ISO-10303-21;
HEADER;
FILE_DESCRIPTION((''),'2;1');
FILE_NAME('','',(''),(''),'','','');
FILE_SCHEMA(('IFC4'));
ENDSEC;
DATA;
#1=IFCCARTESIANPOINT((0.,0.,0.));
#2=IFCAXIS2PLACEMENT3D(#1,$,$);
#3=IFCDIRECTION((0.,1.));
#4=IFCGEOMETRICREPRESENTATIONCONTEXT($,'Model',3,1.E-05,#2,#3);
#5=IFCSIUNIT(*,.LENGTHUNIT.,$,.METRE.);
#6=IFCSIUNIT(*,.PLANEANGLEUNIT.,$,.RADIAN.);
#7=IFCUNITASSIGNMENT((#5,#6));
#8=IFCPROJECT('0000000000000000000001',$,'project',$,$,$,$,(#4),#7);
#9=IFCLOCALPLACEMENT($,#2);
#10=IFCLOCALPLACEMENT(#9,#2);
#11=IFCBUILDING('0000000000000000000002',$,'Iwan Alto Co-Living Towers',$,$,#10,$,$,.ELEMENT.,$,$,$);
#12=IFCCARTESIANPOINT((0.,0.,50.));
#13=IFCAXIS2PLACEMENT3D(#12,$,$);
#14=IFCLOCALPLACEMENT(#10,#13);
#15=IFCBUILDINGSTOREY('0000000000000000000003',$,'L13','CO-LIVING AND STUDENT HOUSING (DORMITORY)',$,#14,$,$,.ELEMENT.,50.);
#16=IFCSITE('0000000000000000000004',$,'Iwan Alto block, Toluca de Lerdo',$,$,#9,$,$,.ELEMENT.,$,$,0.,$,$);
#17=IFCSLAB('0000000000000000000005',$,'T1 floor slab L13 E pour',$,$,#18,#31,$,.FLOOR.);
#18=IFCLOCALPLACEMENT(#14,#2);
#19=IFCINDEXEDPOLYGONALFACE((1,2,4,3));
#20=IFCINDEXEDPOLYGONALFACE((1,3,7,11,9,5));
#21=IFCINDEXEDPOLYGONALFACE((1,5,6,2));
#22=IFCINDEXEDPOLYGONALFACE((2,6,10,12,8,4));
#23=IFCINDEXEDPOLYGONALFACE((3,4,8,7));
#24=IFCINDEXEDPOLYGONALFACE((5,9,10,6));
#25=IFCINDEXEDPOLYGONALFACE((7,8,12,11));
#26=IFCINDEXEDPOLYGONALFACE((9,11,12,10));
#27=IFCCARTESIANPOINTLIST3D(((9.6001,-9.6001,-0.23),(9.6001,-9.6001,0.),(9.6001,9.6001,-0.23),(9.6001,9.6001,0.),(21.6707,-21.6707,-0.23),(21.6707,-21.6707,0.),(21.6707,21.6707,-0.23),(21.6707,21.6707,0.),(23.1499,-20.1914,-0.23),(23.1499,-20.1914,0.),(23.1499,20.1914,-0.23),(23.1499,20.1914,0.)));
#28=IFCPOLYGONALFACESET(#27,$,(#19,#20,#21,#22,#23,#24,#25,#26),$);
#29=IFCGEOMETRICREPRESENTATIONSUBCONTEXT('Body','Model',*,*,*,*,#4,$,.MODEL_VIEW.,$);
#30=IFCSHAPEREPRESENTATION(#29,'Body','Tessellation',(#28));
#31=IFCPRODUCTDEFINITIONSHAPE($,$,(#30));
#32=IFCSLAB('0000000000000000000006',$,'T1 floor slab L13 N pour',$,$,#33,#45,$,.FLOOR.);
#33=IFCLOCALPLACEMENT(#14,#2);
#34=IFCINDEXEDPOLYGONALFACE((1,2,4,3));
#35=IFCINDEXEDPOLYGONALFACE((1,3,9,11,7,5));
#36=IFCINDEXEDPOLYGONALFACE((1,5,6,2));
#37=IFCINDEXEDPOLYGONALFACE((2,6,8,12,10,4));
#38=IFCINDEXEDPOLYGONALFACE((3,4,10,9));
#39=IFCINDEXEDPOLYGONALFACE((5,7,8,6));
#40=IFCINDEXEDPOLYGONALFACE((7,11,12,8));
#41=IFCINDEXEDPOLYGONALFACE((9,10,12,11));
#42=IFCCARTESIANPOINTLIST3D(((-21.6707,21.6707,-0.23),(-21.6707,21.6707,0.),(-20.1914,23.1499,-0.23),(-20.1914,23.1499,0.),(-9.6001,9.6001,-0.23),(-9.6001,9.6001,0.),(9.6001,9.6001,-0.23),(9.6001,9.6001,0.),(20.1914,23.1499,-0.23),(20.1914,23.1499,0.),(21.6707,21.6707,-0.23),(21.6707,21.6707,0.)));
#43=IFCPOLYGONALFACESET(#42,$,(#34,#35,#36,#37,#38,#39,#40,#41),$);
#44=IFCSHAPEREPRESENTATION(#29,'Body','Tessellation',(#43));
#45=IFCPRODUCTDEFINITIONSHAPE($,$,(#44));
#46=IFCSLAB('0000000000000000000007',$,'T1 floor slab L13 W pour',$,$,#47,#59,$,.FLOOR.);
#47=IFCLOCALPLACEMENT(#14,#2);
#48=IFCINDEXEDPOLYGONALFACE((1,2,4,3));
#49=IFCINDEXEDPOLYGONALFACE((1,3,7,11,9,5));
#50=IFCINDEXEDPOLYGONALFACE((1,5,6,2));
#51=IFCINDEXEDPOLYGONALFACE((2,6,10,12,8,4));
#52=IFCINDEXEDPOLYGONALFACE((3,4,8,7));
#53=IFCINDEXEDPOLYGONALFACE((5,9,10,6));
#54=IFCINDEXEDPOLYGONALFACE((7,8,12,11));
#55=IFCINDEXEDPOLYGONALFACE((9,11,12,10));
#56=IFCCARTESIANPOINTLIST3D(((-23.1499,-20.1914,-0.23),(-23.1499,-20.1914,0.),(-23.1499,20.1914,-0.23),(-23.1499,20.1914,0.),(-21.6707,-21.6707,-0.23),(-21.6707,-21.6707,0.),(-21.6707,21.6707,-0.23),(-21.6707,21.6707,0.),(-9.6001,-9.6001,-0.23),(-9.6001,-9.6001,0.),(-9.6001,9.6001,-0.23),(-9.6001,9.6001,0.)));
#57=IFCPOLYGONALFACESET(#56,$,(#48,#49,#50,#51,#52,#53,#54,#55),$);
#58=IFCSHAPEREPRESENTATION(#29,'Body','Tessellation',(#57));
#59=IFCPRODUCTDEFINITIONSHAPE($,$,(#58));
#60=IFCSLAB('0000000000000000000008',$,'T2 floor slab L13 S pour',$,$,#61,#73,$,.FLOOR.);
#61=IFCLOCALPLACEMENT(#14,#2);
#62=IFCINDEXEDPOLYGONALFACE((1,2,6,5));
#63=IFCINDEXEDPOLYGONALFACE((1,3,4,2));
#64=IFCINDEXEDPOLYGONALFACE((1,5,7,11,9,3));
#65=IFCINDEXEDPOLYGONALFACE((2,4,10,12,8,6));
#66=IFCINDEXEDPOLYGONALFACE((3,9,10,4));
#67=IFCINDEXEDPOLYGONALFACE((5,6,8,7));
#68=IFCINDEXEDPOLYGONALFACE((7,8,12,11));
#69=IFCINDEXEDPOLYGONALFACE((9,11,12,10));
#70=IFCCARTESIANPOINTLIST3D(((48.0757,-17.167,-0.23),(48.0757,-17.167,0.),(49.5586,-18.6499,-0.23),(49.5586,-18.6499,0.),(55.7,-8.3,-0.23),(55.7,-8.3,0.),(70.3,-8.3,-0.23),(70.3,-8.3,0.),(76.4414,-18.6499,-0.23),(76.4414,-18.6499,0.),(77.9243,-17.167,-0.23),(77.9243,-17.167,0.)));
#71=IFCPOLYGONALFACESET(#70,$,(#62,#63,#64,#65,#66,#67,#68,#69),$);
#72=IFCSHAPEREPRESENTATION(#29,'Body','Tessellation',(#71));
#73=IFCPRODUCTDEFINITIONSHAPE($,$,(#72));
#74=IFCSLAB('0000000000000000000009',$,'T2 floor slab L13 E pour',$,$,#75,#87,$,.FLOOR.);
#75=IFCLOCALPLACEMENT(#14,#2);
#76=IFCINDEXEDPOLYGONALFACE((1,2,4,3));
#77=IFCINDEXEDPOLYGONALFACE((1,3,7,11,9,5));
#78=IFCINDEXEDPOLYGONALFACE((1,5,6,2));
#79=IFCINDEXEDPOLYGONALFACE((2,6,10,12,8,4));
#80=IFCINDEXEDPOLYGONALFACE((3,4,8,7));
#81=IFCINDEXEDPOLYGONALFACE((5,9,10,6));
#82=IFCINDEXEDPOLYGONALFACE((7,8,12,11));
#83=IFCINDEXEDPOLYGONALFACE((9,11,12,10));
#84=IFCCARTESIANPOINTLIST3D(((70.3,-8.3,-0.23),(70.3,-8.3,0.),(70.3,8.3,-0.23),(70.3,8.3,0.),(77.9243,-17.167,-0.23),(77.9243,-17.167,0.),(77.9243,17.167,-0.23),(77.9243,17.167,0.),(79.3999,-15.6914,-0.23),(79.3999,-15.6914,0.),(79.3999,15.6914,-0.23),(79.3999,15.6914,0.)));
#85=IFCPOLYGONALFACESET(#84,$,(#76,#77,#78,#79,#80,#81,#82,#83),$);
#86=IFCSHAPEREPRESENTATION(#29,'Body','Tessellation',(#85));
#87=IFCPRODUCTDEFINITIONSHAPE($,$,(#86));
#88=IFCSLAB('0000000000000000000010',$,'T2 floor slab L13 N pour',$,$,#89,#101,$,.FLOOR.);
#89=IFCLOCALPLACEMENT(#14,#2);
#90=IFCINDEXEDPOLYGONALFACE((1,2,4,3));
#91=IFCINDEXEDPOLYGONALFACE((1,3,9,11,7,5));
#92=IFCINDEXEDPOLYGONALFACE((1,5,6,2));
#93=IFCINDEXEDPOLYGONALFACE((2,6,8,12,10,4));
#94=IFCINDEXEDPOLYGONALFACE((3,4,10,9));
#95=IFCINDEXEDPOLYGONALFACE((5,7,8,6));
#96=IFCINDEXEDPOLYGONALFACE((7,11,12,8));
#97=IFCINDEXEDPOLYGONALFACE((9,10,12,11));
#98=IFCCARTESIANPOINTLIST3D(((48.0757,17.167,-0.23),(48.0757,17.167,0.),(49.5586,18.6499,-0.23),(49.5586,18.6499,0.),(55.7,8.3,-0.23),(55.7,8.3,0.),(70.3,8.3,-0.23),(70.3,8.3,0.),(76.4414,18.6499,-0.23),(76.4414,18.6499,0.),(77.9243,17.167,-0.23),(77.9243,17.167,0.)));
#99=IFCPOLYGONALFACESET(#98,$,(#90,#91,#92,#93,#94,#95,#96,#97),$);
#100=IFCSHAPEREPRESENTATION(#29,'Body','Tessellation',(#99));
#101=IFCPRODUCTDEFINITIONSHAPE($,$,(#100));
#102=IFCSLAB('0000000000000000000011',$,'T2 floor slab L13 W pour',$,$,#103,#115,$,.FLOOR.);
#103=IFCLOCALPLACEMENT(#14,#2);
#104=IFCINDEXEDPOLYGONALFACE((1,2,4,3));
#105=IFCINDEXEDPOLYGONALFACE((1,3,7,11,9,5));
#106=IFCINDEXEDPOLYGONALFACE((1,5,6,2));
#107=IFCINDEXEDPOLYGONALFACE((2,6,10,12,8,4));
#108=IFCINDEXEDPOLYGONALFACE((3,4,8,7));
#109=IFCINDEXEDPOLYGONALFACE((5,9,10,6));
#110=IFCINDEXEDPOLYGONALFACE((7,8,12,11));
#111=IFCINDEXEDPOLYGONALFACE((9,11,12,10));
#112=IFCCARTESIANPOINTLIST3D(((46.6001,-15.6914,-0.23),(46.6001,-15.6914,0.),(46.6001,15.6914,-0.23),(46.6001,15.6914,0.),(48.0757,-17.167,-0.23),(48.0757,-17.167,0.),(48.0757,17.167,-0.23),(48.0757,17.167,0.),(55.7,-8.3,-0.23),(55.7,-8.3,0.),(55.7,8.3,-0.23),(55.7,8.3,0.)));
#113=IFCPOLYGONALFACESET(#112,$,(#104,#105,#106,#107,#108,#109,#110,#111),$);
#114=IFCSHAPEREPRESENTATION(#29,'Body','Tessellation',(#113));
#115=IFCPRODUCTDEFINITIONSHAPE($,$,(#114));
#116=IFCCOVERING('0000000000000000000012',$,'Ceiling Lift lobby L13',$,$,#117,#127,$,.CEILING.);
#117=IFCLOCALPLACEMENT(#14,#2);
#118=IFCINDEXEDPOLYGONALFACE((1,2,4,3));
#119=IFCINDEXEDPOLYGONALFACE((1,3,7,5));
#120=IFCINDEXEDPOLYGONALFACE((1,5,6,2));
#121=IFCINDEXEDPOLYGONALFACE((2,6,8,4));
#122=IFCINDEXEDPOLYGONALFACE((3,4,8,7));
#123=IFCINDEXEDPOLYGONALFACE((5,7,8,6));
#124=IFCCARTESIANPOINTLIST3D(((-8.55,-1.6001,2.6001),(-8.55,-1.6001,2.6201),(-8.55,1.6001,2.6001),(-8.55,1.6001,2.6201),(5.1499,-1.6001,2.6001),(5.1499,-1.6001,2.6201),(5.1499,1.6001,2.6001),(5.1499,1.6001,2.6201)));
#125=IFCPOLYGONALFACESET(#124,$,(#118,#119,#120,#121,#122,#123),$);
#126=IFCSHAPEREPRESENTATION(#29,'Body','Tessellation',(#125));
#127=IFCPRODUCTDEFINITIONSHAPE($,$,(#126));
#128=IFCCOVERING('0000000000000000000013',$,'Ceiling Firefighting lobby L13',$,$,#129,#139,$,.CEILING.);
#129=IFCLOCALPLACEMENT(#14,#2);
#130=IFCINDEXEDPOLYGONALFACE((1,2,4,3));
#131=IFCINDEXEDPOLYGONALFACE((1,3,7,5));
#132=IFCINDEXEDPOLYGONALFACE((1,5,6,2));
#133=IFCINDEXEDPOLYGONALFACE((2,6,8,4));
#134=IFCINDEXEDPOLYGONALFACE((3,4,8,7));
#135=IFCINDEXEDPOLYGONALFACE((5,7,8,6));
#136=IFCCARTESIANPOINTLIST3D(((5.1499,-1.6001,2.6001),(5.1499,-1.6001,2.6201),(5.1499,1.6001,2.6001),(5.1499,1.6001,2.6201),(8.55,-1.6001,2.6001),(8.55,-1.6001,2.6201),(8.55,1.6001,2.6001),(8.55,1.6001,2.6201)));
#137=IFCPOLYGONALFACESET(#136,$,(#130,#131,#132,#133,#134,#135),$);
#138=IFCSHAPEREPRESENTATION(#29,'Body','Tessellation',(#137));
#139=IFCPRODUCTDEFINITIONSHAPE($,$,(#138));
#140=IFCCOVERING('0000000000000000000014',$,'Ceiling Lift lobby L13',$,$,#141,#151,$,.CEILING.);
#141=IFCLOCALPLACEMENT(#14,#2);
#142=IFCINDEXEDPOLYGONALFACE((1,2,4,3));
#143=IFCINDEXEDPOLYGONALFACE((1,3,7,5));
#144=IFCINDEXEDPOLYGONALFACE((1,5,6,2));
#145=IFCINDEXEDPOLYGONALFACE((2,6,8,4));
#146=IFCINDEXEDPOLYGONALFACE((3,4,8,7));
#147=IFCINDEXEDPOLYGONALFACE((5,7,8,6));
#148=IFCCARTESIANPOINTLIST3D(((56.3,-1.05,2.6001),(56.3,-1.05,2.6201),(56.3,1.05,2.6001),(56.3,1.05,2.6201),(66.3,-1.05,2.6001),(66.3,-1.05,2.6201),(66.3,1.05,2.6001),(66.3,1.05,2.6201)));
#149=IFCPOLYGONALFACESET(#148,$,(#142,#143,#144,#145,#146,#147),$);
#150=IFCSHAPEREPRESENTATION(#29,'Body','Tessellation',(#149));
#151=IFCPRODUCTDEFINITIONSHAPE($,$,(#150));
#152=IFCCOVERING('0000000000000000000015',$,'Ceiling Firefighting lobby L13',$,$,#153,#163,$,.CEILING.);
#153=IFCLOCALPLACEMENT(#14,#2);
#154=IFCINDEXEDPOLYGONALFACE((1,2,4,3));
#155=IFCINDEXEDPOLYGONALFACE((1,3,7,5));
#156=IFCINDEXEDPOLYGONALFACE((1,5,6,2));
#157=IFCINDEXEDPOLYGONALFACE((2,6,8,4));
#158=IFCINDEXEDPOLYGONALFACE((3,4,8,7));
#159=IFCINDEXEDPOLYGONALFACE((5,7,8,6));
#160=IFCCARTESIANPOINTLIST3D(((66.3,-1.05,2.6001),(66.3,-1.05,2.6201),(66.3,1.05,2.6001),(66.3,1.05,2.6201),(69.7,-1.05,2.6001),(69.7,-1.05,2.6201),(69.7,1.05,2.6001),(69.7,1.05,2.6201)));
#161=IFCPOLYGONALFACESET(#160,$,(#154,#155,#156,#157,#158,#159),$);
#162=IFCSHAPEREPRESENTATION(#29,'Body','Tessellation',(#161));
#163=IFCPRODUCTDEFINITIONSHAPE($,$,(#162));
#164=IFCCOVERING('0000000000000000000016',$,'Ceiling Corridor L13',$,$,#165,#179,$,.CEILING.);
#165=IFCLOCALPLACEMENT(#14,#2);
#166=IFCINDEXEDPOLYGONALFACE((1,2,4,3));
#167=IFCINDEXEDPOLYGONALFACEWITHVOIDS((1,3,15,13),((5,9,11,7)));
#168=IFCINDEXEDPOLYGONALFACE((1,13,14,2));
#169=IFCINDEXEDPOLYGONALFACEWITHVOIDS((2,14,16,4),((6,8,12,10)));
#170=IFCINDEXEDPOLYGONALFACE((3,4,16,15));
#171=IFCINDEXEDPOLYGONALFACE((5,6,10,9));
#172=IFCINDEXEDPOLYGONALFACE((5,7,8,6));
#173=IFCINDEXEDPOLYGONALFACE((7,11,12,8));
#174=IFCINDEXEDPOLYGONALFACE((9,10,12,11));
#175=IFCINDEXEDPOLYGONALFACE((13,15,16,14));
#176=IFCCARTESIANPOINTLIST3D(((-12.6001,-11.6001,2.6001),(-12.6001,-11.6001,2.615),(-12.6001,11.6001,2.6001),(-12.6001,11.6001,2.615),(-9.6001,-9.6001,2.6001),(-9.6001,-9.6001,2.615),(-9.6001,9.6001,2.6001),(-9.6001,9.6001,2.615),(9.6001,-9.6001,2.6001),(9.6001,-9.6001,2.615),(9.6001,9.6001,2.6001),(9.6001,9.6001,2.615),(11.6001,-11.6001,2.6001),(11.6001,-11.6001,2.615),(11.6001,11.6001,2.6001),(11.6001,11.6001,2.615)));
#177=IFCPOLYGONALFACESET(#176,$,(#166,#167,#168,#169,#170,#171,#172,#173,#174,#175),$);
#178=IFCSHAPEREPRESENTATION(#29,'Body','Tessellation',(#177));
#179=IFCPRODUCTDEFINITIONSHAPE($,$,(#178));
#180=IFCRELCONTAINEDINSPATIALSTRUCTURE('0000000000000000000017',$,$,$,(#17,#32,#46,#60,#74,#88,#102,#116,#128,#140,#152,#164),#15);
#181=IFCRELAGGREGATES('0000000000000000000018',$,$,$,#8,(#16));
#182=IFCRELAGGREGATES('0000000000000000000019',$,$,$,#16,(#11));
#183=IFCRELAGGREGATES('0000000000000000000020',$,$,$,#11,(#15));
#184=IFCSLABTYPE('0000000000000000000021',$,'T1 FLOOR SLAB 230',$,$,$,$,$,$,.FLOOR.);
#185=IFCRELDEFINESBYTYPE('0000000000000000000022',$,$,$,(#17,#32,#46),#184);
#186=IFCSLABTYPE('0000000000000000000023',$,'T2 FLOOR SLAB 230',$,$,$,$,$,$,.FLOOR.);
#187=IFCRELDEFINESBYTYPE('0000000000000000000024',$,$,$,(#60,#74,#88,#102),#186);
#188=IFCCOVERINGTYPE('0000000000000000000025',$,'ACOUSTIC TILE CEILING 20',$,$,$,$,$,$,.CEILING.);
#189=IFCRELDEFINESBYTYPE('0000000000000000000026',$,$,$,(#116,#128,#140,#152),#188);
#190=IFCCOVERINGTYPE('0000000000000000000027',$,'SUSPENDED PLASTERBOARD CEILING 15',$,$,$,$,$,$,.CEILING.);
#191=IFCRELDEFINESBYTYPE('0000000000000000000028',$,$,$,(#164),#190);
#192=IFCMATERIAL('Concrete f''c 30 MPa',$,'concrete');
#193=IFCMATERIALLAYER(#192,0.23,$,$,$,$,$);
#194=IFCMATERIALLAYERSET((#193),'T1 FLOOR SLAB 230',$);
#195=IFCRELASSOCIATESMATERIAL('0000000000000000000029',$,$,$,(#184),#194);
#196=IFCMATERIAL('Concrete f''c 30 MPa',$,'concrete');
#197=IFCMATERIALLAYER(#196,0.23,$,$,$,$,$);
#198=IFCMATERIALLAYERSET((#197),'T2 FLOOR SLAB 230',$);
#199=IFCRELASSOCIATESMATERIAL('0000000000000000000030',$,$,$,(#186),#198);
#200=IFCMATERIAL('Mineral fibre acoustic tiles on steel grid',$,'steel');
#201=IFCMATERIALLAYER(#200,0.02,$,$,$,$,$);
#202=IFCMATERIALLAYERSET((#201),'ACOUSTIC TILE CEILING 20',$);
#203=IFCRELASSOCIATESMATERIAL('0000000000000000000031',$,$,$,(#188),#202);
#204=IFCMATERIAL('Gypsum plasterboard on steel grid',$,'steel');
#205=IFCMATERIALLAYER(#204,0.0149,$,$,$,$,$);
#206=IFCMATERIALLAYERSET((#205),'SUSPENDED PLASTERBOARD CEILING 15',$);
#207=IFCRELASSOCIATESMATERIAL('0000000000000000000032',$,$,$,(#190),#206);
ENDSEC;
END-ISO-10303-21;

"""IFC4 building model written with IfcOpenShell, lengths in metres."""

from ifc_helpers import new_model, si_unit, direction, frame, origin, place, context, subcontext, project, spatial, polyline, outline, extrude, material, layer, layer_set, type_object, element, save


model = new_model("IFC4")

# Units and contexts
model_context = context("Model", 3, precision=1e-05, world=origin(), true_north=direction((0.0, 1.0)))
body_context = subcontext(model_context, "Body", "Model", "MODEL_VIEW")
ifc_project = project(units=[si_unit("LENGTHUNIT", "METRE"), si_unit("PLANEANGLEUNIT", "RADIAN")], contexts=[model_context])

# Site, building, storey
site_placement = place(None, origin())
site = spatial("IfcSite", under=ifc_project, at=site_placement, Name="Iwan Alto block, Toluca de Lerdo", CompositionType="ELEMENT", RefElevation=0.0)
building_placement = place(site_placement, origin())
building = spatial("IfcBuilding", under=site, at=building_placement, Name="Iwan Alto Co-Living Towers", CompositionType="ELEMENT")
storey_placement = place(building_placement, frame((0.0, 0.0, 50.0)))
storey = spatial("IfcBuildingStorey", under=building, at=storey_placement, Name="L13", Description="CO-LIVING AND STUDENT HOUSING (DORMITORY)", CompositionType="ELEMENT", Elevation=50.0)

# Slabs
ifc_material_1 = material(Name="Concrete f'c 30 MPa", Category="concrete")
ifc_layer_1 = layer(ifc_material_1, 0.23)
ifc_layer_set_1 = layer_set([ifc_layer_1], Name="T1 FLOOR SLAB 230")
slab_type_1 = type_object("IfcSlabType", Name="T1 FLOOR SLAB 230", PredefinedType="FLOOR", material=ifc_layer_set_1)
slab_1_placement = place(storey_placement, frame((0.0, 0.0, -0.23)))
element("IfcSlab", 1, at=slab_1_placement, inside=storey, type_object=slab_type_1, Name="T1 floor slab L13 E pour", PredefinedType="FLOOR", context=body_context, shape_type="SweptSolid", body=[
    extrude(outline(polyline([(23.1499, 20.1914), (23.1499, -20.1914), (21.6707, -21.6707), (9.6001, -9.6001), (9.6001, 9.6001), (21.6707, 21.6707), (23.1499, 20.1914)])), origin(), (0.0, 0.0, 1.0), 0.23),
])
slab_2_placement = place(storey_placement, frame((0.0, 0.0, -0.23)))
element("IfcSlab", 2, at=slab_2_placement, inside=storey, type_object=slab_type_1, Name="T1 floor slab L13 N pour", PredefinedType="FLOOR", context=body_context, shape_type="SweptSolid", body=[
    extrude(outline(polyline([(-20.1914, 23.1499), (20.1914, 23.1499), (21.6707, 21.6707), (9.6001, 9.6001), (-9.6001, 9.6001), (-21.6707, 21.6707), (-20.1914, 23.1499)])), origin(), (0.0, 0.0, 1.0), 0.23),
])
slab_3_placement = place(storey_placement, frame((0.0, 0.0, -0.23)))
element("IfcSlab", 3, at=slab_3_placement, inside=storey, type_object=slab_type_1, Name="T1 floor slab L13 W pour", PredefinedType="FLOOR", context=body_context, shape_type="SweptSolid", body=[
    extrude(outline(polyline([(-23.1499, 20.1914), (-21.6707, 21.6707), (-9.6001, 9.6001), (-9.6001, -9.6001), (-21.6707, -21.6707), (-23.1499, -20.1914), (-23.1499, 20.1914)])), origin(), (0.0, 0.0, 1.0), 0.23),
])
ifc_material_2 = material(Name="Concrete f'c 30 MPa", Category="concrete")
ifc_layer_2 = layer(ifc_material_2, 0.23)
ifc_layer_set_2 = layer_set([ifc_layer_2], Name="T2 FLOOR SLAB 230")
slab_type_2 = type_object("IfcSlabType", Name="T2 FLOOR SLAB 230", PredefinedType="FLOOR", material=ifc_layer_set_2)
slab_4_placement = place(storey_placement, frame((0.0, 0.0, -0.23)))
element("IfcSlab", 4, at=slab_4_placement, inside=storey, type_object=slab_type_2, Name="T2 floor slab L13 S pour", PredefinedType="FLOOR", context=body_context, shape_type="SweptSolid", body=[
    extrude(outline(polyline([(76.4414, -18.6499), (49.5586, -18.6499), (48.0757, -17.167), (55.7, -8.3), (70.3, -8.3), (77.9243, -17.167), (76.4414, -18.6499)])), origin(), (0.0, 0.0, 1.0), 0.23),
])
slab_5_placement = place(storey_placement, frame((0.0, 0.0, -0.23)))
element("IfcSlab", 5, at=slab_5_placement, inside=storey, type_object=slab_type_2, Name="T2 floor slab L13 E pour", PredefinedType="FLOOR", context=body_context, shape_type="SweptSolid", body=[
    extrude(outline(polyline([(79.3999, 15.6914), (79.3999, -15.6914), (77.9243, -17.167), (70.3, -8.3), (70.3, 8.3), (77.9243, 17.167), (79.3999, 15.6914)])), origin(), (0.0, 0.0, 1.0), 0.23),
])
slab_6_placement = place(storey_placement, frame((0.0, 0.0, -0.23)))
element("IfcSlab", 6, at=slab_6_placement, inside=storey, type_object=slab_type_2, Name="T2 floor slab L13 N pour", PredefinedType="FLOOR", context=body_context, shape_type="SweptSolid", body=[
    extrude(outline(polyline([(49.5586, 18.6499), (76.4414, 18.6499), (77.9243, 17.167), (70.3, 8.3), (55.7, 8.3), (48.0757, 17.167), (49.5586, 18.6499)])), origin(), (0.0, 0.0, 1.0), 0.23),
])
slab_7_placement = place(storey_placement, frame((0.0, 0.0, -0.23)))
element("IfcSlab", 7, at=slab_7_placement, inside=storey, type_object=slab_type_2, Name="T2 floor slab L13 W pour", PredefinedType="FLOOR", context=body_context, shape_type="SweptSolid", body=[
    extrude(outline(polyline([(46.6001, 15.6914), (48.0757, 17.167), (55.7, 8.3), (55.7, -8.3), (48.0757, -17.167), (46.6001, -15.6914), (46.6001, 15.6914)])), origin(), (0.0, 0.0, 1.0), 0.23),
])

# Coverings
ifc_material_3 = material(Name="Mineral fibre acoustic tiles on steel grid", Category="steel")
ifc_layer_3 = layer(ifc_material_3, 0.02)
ifc_layer_set_3 = layer_set([ifc_layer_3], Name="ACOUSTIC TILE CEILING 20")
covering_type_1 = type_object("IfcCoveringType", Name="ACOUSTIC TILE CEILING 20", PredefinedType="CEILING", material=ifc_layer_set_3)
covering_1_placement = place(storey_placement, frame((0.0, 0.0, 2.6001)))
element("IfcCovering", 8, at=covering_1_placement, inside=storey, type_object=covering_type_1, Name="Ceiling Lift lobby L13", PredefinedType="CEILING", context=body_context, shape_type="SweptSolid", body=[
    extrude(outline(polyline([(-8.55, -1.6001), (-8.55, 1.6001), (5.1499, 1.6001), (5.1499, -1.6001), (-8.55, -1.6001)])), origin(), (0.0, 0.0, 1.0), 0.02),
])
covering_2_placement = place(storey_placement, frame((0.0, 0.0, 2.6001)))
element("IfcCovering", 9, at=covering_2_placement, inside=storey, type_object=covering_type_1, Name="Ceiling Firefighting lobby L13", PredefinedType="CEILING", context=body_context, shape_type="SweptSolid", body=[
    extrude(outline(polyline([(5.1499, -1.6001), (5.1499, 1.6001), (8.55, 1.6001), (8.55, -1.6001), (5.1499, -1.6001)])), origin(), (0.0, 0.0, 1.0), 0.02),
])
covering_3_placement = place(storey_placement, frame((0.0, 0.0, 2.6001)))
element("IfcCovering", 10, at=covering_3_placement, inside=storey, type_object=covering_type_1, Name="Ceiling Lift lobby L13", PredefinedType="CEILING", context=body_context, shape_type="SweptSolid", body=[
    extrude(outline(polyline([(56.3, -1.05), (56.3, 1.05), (66.3, 1.05), (66.3, -1.05), (56.3, -1.05)])), origin(), (0.0, 0.0, 1.0), 0.02),
])
covering_4_placement = place(storey_placement, frame((0.0, 0.0, 2.6001)))
element("IfcCovering", 11, at=covering_4_placement, inside=storey, type_object=covering_type_1, Name="Ceiling Firefighting lobby L13", PredefinedType="CEILING", context=body_context, shape_type="SweptSolid", body=[
    extrude(outline(polyline([(66.3, -1.05), (66.3, 1.05), (69.7, 1.05), (69.7, -1.05), (66.3, -1.05)])), origin(), (0.0, 0.0, 1.0), 0.02),
])
ifc_material_4 = material(Name="Gypsum plasterboard on steel grid", Category="steel")
ifc_layer_4 = layer(ifc_material_4, 0.0149)
ifc_layer_set_4 = layer_set([ifc_layer_4], Name="SUSPENDED PLASTERBOARD CEILING 15")
covering_type_2 = type_object("IfcCoveringType", Name="SUSPENDED PLASTERBOARD CEILING 15", PredefinedType="CEILING", material=ifc_layer_set_4)
covering_5_placement = place(storey_placement, frame((0.0, 0.0, 2.6001)))
element("IfcCovering", 12, at=covering_5_placement, inside=storey, type_object=covering_type_2, Name="Ceiling Corridor L13", PredefinedType="CEILING", context=body_context, shape_type="SweptSolid", body=[
    extrude(outline(polyline([(-12.6001, 11.6001), (11.6001, 11.6001), (11.6001, -11.6001), (-12.6001, -11.6001), (-12.6001, 11.6001)]), holes=[polyline([(-9.6001, 9.6001), (-9.6001, -9.6001), (9.6001, -9.6001), (9.6001, 9.6001), (-9.6001, 9.6001)])]), origin(), (0.0, 0.0, 1.0), 0.0149),
])

save(model, "model.ifc")
